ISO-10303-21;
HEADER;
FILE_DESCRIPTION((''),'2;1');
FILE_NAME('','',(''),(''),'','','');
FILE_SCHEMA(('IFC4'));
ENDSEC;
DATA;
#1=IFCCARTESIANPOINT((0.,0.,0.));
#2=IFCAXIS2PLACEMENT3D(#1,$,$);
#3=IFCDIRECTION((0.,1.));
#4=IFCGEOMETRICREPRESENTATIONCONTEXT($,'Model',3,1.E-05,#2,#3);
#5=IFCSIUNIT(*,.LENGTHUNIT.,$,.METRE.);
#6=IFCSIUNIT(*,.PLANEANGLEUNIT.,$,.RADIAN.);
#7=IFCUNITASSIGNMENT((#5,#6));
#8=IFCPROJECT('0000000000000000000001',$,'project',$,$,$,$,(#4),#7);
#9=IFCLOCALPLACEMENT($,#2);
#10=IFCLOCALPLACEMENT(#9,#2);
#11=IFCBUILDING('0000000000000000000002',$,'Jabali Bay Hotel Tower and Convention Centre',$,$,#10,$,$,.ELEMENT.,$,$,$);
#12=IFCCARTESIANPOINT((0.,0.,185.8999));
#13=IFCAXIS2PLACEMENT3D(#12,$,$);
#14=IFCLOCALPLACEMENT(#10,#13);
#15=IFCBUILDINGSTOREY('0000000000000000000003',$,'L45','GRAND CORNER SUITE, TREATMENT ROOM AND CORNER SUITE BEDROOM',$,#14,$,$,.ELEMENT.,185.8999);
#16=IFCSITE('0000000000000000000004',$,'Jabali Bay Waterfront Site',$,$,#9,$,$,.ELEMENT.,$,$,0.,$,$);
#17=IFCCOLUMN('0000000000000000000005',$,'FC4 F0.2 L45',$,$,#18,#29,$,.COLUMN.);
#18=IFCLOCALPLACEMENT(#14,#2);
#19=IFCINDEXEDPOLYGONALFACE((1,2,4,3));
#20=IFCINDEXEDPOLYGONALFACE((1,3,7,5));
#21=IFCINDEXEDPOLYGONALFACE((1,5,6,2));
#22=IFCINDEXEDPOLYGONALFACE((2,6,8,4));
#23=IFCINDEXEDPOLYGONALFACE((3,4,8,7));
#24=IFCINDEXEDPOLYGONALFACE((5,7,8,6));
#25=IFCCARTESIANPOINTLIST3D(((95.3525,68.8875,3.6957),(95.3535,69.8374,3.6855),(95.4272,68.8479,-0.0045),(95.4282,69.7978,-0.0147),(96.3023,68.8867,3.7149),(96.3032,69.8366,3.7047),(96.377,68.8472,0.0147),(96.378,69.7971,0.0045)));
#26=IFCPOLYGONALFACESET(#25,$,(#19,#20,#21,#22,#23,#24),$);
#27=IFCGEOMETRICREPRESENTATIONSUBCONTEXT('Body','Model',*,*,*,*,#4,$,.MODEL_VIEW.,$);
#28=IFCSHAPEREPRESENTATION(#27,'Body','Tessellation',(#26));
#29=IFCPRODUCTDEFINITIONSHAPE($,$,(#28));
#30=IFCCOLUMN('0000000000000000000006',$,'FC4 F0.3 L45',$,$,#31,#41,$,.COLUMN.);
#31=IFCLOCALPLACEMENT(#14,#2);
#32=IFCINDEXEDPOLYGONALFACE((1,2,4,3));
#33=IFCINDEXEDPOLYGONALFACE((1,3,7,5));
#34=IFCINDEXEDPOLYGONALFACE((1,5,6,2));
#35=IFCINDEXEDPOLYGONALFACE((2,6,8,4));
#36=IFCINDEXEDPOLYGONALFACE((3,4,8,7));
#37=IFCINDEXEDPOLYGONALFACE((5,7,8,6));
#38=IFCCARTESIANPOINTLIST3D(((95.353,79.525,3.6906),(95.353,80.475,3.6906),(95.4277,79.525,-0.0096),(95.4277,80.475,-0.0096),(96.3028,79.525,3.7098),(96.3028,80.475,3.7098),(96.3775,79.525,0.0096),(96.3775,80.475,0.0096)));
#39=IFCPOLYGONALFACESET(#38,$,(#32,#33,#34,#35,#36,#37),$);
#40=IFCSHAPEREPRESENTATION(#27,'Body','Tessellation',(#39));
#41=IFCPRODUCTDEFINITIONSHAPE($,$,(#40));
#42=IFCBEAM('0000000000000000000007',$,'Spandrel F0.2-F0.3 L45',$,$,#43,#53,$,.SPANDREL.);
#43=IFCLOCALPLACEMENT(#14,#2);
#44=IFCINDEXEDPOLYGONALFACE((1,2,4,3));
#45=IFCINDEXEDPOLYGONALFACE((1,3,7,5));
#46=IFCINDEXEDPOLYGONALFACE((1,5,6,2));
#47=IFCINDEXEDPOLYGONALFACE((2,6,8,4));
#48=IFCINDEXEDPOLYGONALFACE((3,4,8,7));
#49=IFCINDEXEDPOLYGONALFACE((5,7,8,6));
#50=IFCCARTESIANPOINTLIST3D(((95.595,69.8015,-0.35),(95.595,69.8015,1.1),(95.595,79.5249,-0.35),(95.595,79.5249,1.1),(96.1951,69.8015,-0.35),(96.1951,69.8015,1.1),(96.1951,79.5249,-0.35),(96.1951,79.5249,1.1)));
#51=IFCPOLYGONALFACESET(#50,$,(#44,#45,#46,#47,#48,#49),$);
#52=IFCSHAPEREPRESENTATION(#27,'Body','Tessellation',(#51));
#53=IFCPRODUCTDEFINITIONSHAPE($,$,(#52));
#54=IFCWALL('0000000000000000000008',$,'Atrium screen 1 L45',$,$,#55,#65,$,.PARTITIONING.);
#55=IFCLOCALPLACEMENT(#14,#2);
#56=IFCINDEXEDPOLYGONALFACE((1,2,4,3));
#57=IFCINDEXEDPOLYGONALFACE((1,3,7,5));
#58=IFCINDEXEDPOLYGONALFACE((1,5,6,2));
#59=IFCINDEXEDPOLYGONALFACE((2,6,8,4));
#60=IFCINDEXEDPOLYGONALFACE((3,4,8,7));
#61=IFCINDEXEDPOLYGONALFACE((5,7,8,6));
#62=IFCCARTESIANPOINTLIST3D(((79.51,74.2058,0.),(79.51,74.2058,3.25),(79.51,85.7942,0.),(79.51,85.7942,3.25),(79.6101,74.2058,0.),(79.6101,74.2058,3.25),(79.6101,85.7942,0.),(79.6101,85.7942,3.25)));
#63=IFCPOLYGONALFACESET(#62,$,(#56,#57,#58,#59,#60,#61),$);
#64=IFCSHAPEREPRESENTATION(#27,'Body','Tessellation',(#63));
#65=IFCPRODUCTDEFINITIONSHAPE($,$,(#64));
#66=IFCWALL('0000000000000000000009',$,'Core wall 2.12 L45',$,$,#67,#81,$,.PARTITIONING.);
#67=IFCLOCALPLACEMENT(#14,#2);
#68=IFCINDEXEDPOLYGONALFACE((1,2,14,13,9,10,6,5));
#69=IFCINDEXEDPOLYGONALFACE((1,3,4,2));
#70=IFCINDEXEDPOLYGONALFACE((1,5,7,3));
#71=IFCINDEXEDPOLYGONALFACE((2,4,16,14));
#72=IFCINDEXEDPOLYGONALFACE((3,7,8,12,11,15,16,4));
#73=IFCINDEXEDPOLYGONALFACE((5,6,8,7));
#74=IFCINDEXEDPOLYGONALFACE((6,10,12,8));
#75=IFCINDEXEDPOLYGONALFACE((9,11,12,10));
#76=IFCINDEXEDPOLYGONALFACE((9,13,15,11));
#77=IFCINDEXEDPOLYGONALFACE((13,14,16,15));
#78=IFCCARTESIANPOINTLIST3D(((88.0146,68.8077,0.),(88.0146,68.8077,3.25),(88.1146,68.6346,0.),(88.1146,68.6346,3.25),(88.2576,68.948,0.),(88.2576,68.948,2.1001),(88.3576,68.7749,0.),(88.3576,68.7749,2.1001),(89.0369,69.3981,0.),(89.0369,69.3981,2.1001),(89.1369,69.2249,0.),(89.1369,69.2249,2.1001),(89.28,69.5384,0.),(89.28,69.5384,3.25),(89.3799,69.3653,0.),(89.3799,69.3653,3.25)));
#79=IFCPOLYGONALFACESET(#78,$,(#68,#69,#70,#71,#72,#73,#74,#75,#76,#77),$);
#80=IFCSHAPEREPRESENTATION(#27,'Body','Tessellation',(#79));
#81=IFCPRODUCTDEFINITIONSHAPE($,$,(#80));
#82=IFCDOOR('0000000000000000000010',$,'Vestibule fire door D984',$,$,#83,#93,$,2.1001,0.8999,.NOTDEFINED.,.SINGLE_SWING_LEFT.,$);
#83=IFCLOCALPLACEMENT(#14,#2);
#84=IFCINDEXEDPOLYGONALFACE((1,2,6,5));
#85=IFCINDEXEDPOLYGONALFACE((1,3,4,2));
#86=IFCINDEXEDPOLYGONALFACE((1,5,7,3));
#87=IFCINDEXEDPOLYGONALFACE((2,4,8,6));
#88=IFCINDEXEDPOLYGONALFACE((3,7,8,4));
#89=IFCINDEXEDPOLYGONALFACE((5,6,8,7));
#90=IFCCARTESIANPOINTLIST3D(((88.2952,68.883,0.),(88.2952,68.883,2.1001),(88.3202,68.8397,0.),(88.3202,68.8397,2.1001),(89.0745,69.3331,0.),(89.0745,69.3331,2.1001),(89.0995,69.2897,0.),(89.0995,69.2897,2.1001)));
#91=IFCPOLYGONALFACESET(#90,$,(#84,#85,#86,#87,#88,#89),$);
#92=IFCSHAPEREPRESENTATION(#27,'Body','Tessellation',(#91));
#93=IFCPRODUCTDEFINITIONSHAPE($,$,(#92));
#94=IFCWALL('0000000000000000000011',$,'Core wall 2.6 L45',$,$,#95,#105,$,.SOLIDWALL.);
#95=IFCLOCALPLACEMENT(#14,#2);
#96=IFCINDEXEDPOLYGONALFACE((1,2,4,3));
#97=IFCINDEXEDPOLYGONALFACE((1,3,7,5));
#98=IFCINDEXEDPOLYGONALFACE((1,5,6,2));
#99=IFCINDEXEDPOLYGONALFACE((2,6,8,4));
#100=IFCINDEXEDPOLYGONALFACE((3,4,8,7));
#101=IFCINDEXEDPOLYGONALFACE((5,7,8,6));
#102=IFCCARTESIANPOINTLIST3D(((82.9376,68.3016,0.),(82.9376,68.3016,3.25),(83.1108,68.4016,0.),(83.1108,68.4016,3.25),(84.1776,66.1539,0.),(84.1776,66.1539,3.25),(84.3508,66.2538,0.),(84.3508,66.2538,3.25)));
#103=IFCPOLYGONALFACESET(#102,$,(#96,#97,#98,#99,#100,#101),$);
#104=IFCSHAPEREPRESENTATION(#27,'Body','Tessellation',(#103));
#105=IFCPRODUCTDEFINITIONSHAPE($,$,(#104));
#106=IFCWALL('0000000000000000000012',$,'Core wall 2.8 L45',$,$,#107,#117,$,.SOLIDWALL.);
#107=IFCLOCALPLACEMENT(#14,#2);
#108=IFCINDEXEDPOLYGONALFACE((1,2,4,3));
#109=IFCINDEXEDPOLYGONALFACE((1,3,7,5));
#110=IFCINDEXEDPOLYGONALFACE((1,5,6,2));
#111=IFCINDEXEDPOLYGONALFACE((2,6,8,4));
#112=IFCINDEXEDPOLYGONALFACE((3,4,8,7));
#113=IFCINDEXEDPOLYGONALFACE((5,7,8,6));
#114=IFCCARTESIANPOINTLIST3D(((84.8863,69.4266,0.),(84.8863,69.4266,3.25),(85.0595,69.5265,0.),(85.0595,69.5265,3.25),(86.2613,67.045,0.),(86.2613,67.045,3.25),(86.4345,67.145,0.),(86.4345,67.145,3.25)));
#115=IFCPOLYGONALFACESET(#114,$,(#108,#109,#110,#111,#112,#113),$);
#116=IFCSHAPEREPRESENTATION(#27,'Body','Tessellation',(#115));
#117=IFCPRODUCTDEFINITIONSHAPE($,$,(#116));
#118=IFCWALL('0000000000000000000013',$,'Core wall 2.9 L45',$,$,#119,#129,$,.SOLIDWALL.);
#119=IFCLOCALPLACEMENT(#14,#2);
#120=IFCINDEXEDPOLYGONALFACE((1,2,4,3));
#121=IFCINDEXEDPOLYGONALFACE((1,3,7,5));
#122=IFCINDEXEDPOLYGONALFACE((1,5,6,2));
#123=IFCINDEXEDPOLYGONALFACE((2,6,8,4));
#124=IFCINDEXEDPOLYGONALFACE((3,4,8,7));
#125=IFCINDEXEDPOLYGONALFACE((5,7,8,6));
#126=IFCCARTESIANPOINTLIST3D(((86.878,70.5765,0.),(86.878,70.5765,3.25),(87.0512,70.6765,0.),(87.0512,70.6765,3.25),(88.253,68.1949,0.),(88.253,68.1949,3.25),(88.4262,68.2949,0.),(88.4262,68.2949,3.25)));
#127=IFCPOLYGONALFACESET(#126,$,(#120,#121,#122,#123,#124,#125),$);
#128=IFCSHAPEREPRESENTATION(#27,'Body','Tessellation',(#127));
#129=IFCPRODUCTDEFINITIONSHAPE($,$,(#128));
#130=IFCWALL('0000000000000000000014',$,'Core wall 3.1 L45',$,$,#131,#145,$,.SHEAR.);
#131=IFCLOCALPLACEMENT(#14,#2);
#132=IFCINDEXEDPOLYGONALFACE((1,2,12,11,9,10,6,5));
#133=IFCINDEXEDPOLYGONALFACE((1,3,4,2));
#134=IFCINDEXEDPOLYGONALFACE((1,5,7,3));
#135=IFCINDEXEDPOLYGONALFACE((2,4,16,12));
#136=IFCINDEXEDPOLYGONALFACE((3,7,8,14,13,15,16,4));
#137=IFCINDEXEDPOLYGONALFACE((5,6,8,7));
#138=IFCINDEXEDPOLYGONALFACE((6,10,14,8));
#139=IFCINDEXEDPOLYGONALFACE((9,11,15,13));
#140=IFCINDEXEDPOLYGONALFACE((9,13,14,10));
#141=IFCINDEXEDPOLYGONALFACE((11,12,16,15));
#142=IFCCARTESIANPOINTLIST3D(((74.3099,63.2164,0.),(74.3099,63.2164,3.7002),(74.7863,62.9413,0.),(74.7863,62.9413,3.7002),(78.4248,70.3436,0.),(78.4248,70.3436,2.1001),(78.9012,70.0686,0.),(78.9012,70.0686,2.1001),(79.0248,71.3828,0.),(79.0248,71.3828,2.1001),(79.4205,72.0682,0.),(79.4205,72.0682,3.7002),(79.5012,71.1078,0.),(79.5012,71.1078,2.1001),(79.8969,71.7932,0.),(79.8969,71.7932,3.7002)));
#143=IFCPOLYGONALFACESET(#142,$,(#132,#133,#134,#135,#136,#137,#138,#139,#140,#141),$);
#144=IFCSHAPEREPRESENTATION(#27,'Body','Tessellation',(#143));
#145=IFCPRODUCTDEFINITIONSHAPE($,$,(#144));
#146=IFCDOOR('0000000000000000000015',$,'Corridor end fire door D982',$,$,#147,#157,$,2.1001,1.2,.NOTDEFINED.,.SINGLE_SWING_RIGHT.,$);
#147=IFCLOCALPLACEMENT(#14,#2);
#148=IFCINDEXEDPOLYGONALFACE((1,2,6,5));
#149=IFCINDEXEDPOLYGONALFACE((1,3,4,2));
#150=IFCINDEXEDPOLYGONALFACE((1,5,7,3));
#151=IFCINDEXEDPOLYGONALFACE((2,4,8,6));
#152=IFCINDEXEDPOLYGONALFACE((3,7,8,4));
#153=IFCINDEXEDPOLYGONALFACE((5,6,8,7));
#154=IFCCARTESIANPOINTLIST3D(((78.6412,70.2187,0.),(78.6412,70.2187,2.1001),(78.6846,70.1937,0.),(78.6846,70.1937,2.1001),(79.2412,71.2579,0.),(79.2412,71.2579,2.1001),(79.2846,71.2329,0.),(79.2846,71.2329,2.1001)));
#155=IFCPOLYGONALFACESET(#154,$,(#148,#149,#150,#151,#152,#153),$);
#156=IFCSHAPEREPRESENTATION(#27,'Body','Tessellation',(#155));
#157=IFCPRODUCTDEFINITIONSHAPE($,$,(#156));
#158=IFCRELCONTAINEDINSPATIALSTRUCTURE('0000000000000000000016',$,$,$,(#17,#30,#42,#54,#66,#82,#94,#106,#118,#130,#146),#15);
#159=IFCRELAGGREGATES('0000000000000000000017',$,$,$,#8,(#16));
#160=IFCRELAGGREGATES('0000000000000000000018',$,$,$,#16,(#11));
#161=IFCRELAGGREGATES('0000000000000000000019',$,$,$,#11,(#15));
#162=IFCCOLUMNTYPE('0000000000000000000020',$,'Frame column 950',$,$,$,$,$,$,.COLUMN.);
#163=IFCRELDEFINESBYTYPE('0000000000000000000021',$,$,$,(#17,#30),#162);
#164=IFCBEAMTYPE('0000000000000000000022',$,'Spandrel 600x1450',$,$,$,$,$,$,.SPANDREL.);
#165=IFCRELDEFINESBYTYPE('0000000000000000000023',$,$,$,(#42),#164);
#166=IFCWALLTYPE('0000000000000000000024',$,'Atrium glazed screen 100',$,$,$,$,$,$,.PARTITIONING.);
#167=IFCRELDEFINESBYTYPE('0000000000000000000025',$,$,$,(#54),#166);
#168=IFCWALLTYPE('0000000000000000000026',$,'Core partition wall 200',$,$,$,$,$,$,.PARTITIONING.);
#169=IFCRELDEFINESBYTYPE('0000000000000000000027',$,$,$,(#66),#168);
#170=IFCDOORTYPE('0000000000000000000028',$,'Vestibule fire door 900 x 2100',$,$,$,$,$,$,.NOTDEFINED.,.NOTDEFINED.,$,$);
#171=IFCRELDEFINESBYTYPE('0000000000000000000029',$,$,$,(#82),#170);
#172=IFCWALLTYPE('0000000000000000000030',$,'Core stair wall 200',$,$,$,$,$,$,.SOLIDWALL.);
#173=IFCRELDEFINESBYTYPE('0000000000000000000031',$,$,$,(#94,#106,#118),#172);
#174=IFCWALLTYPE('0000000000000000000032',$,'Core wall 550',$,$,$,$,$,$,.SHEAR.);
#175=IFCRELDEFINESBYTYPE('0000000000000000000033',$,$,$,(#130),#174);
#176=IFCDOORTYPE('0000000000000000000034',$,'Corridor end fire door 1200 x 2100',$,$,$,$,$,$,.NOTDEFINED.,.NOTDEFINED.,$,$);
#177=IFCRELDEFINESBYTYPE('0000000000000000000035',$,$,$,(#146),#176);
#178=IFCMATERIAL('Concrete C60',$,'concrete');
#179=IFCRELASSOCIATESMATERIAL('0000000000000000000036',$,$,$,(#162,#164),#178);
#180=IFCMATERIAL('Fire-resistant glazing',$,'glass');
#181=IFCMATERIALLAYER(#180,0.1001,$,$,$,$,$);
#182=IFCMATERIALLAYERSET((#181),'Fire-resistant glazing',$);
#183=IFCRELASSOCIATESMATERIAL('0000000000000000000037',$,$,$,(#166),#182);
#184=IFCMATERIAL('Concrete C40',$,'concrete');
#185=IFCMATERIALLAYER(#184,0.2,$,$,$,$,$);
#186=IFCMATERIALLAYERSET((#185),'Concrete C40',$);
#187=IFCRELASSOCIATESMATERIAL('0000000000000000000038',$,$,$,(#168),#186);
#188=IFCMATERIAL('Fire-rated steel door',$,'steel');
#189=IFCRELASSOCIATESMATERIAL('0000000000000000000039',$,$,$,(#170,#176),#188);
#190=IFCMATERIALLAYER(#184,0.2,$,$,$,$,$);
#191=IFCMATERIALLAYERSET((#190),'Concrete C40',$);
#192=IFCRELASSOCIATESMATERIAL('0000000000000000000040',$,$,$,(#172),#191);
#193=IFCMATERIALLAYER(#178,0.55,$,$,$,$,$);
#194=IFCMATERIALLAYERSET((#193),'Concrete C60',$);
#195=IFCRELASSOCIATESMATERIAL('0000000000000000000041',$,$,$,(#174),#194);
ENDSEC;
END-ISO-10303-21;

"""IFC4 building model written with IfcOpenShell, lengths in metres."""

from ifc_helpers import new_model, si_unit, direction, frame, frame_2d, origin, origin_2d, place, context, subcontext, project, spatial, rectangle, extrude, material, layer, layer_set, material_profile, profile_set, type_object, element, fill, save


model = new_model("IFC4")

# Units and contexts
model_context = context("Model", 3, precision=1e-05, world=origin(), true_north=direction((0.0, 1.0)))
body_context = subcontext(model_context, "Body", "Model", "MODEL_VIEW")
ifc_project = project(units=[si_unit("LENGTHUNIT", "METRE"), si_unit("PLANEANGLEUNIT", "RADIAN")], contexts=[model_context])

# Site, building, storey
site_placement = place(None, origin())
site = spatial("IfcSite", under=ifc_project, at=site_placement, Name="Jabali Bay Waterfront Site", CompositionType="ELEMENT", RefElevation=0.0)
building_placement = place(site_placement, origin())
building = spatial("IfcBuilding", under=site, at=building_placement, Name="Jabali Bay Hotel Tower and Convention Centre", CompositionType="ELEMENT")
storey_placement = place(building_placement, frame((0.0, 0.0, 185.8999)))
storey = spatial("IfcBuildingStorey", under=building, at=storey_placement, Name="L45", Description="GRAND CORNER SUITE, TREATMENT ROOM AND CORNER SUITE BEDROOM", CompositionType="ELEMENT", Elevation=185.8999)

# Columns
ifc_material_1 = material(Name="Concrete C60", Category="concrete")
ifc_material_profile_1 = material_profile(ifc_material_1, rectangle(XDim=0.95, YDim=0.95, at=origin_2d()), Name="Frame column 950")
ifc_profile_set_1 = profile_set([ifc_material_profile_1], Name="Concrete C60")
column_type = type_object("IfcColumnType", Name="Frame column 950", PredefinedType="COLUMN", material=ifc_profile_set_1)
column_1_placement = place(storey_placement, frame((95.9026, 69.3225, 0.0), z_axis=(-0.020185, 0.010686, 0.999739), x_axis=(-0.001023, -0.999943, 0.010668)))
element("IfcColumn", 1, at=column_1_placement, inside=storey, type_object=column_type, Name="FC4 F0.2 L45", PredefinedType="COLUMN", context=body_context, shape_type="SweptSolid", body=[
    extrude(rectangle(XDim=0.95, YDim=0.95, at=origin_2d()), origin(), (0.0, 0.0, 1.0), 3.7012),
])
column_2_placement = place(storey_placement, frame((95.9026, 80.0, 0.0), z_axis=(-0.020186, 0.0, 0.999796), x_axis=(0.0, -1.0, 0.0)))
element("IfcColumn", 2, at=column_2_placement, inside=storey, type_object=column_type, Name="FC4 F0.3 L45", PredefinedType="COLUMN", context=body_context, shape_type="SweptSolid", body=[
    extrude(rectangle(XDim=0.95, YDim=0.95, at=origin_2d()), origin(), (0.0, 0.0, 1.0), 3.7009),
])

# Beam
ifc_material_profile_2 = material_profile(ifc_material_1, rectangle(XDim=0.6001, YDim=1.45, at=origin_2d()), Name="Spandrel 600x1450")
ifc_profile_set_2 = profile_set([ifc_material_profile_2], Name="Concrete C60")
beam_type = type_object("IfcBeamType", Name="Spandrel 600x1450", PredefinedType="SPANDREL", material=ifc_profile_set_2)
beam_placement = place(storey_placement, frame((95.895, 69.8015, 0.375), z_axis=(0.0, 1.0, 0.0), x_axis=(-1.0, 0.0, 0.0)))
element("IfcBeam", 3, at=beam_placement, inside=storey, type_object=beam_type, Name="Spandrel F0.2-F0.3 L45", PredefinedType="SPANDREL", context=body_context, shape_type="SweptSolid", body=[
    extrude(rectangle(XDim=0.6001, YDim=1.45, at=origin_2d()), origin(), (0.0, 0.0, 1.0), 9.7234),
])

# Wall
ifc_material_2 = material(Name="Fire-resistant glazing", Category="glass")
ifc_layer_1 = layer(ifc_material_2, 0.1001)
ifc_layer_set_1 = layer_set([ifc_layer_1], Name="Fire-resistant glazing")
wall_type_1 = type_object("IfcWallType", Name="Atrium glazed screen 100", PredefinedType="PARTITIONING", material=ifc_layer_set_1)
wall_1_placement = place(storey_placement, frame((79.5601, 74.2058, 0.0), z_axis=(0.0, 0.0, 1.0), x_axis=(0.0, 1.0, 0.0)))
element("IfcWall", 4, at=wall_1_placement, inside=storey, type_object=wall_type_1, Name="Atrium screen 1 L45", PredefinedType="PARTITIONING", context=body_context, shape_type="SweptSolid", body=[
    extrude(rectangle(XDim=11.5884, YDim=0.1001, at=frame_2d((5.7942, 0.0))), origin(), (0.0, 0.0, 1.0), 3.25),
])

# Wall, opening, door
ifc_material_3 = material(Name="Concrete C40", Category="concrete")
ifc_layer_2 = layer(ifc_material_3, 0.2)
ifc_layer_set_2 = layer_set([ifc_layer_2], Name="Concrete C40")
wall_type_2 = type_object("IfcWallType", Name="Core partition wall 200", PredefinedType="PARTITIONING", material=ifc_layer_set_2)
wall_2_placement = place(storey_placement, frame((88.0647, 68.7212, 0.0), z_axis=(0.0, 0.0, 1.0), x_axis=(0.865982, 0.500074, 0.0)))
wall_2 = element("IfcWall", 5, at=wall_2_placement, inside=storey, type_object=wall_type_2, Name="Core wall 2.12 L45", PredefinedType="PARTITIONING", context=body_context, shape_type="SweptSolid", body=[
    extrude(rectangle(XDim=1.4612, YDim=0.2, at=frame_2d((0.7305, 0.0))), origin(), (0.0, 0.0, 1.0), 3.25),
])
opening_1_placement = place(wall_2_placement, frame((0.2805, 0.0, 0.0)))
opening_1 = element("IfcOpeningElement", 6, at=opening_1_placement, cuts=wall_2, PredefinedType="OPENING", context=body_context, shape_type="SweptSolid", body=[
    extrude(rectangle(XDim=0.8999, YDim=2.1001, at=frame_2d((0.45, 1.05))), frame((0.0, 0.1104, 0.0), z_axis=(0.0, -1.0, 0.0), x_axis=(1.0, 0.0, 0.0)), (0.0, 0.0, 1.0), 0.2209),
])
ifc_material_4 = material(Name="Fire-rated steel door", Category="steel")
door_type_1 = type_object("IfcDoorType", Name="Vestibule fire door 900 x 2100", OperationType="NOTDEFINED", PredefinedType="NOTDEFINED", material=ifc_material_4)
door_1_placement = place(opening_1_placement, origin())
door_1 = element("IfcDoor", 7, at=door_1_placement, inside=storey, type_object=door_type_1, Name="Vestibule fire door D984", OperationType="SINGLE_SWING_LEFT", OverallHeight=2.1001, OverallWidth=0.8999, PredefinedType="NOTDEFINED", context=body_context, shape_type="SweptSolid", body=[
    extrude(rectangle(XDim=0.8999, YDim=2.1001, at=frame_2d((0.45, 1.05))), frame((0.0, 0.0249, 0.0), z_axis=(0.0, -1.0, 0.0), x_axis=(1.0, 0.0, 0.0)), (0.0, 0.0, 1.0), 0.05),
])
fill(opening_1, door_1)

# Walls
ifc_layer_3 = layer(ifc_material_3, 0.2)
ifc_layer_set_3 = layer_set([ifc_layer_3], Name="Concrete C40")
wall_type_3 = type_object("IfcWallType", Name="Core stair wall 200", PredefinedType="SOLIDWALL", material=ifc_layer_set_3)
wall_3_placement = place(storey_placement, frame((83.0242, 68.3516, 0.0), z_axis=(0.0, 0.0, 1.0), x_axis=(0.500004, -0.866023, 0.0)))
element("IfcWall", 8, at=wall_3_placement, inside=storey, type_object=wall_type_3, Name="Core wall 2.6 L45", PredefinedType="SOLIDWALL", context=body_context, shape_type="SweptSolid", body=[
    extrude(rectangle(XDim=2.48, YDim=0.2, at=frame_2d((1.24, 0.0))), origin(), (0.0, 0.0, 1.0), 3.25),
])
for number, where, z_axis, x_axis, name in (
    (9, (84.9729, 69.4766, 0.0), (0.0, 0.0, 1.0), (0.499997, -0.866027, 0.0), "Core wall 2.8 L45"),
    (10, (86.9646, 70.6265, 0.0), (0.0, 0.0, 1.0), (0.499997, -0.866027, 0.0), "Core wall 2.9 L45"),
):
    element("IfcWall", number, at=place(storey_placement, frame(where, z_axis=z_axis, x_axis=x_axis)), inside=storey, type_object=wall_type_3, Name=name, PredefinedType="SOLIDWALL", context=body_context, shape_type="SweptSolid", body=[
        extrude(rectangle(XDim=2.75, YDim=0.2, at=frame_2d((1.375, 0.0))), origin(), (0.0, 0.0, 1.0), 3.25),
    ])

# Wall, opening, door
ifc_layer_4 = layer(ifc_material_1, 0.55)
ifc_layer_set_4 = layer_set([ifc_layer_4], Name="Concrete C60")
wall_type_4 = type_object("IfcWallType", Name="Core wall 550", PredefinedType="SHEAR", material=ifc_layer_set_4)
wall_4_placement = place(storey_placement, frame((79.6587, 71.9307, 0.0), z_axis=(0.0, 0.0, 1.0), x_axis=(-0.5, -0.866025, 0.0)))
wall_4 = element("IfcWall", 11, at=wall_4_placement, inside=storey, type_object=wall_type_4, Name="Core wall 3.1 L45", PredefinedType="SHEAR", context=body_context, shape_type="SweptSolid", body=[
    extrude(rectangle(XDim=10.2212, YDim=0.55, at=frame_2d((5.1106, 0.0))), origin(), (0.0, 0.0, 1.0), 3.7002),
])
opening_2_placement = place(wall_4_placement, frame((0.7913, 0.0, 0.0)))
opening_2 = element("IfcOpeningElement", 12, at=opening_2_placement, cuts=wall_4, PredefinedType="OPENING", context=body_context, shape_type="SweptSolid", body=[
    extrude(rectangle(XDim=1.2, YDim=2.1001, at=frame_2d((0.6001, 1.05))), frame((0.0, 0.2856, 0.0), z_axis=(0.0, -1.0, 0.0), x_axis=(1.0, 0.0, 0.0)), (0.0, 0.0, 1.0), 0.571),
])
door_type_2 = type_object("IfcDoorType", Name="Corridor end fire door 1200 x 2100", OperationType="NOTDEFINED", PredefinedType="NOTDEFINED", material=ifc_material_4)
door_2_placement = place(opening_2_placement, origin())
door_2 = element("IfcDoor", 13, at=door_2_placement, inside=storey, type_object=door_type_2, Name="Corridor end fire door D982", OperationType="SINGLE_SWING_RIGHT", OverallHeight=2.1001, OverallWidth=1.2, PredefinedType="NOTDEFINED", context=body_context, shape_type="SweptSolid", body=[
    extrude(rectangle(XDim=1.2, YDim=2.1001, at=frame_2d((0.6001, 1.05))), frame((0.0, 0.0249, 0.0), z_axis=(0.0, -1.0, 0.0), x_axis=(1.0, 0.0, 0.0)), (0.0, 0.0, 1.0), 0.05),
])
fill(opening_2, door_2)

save(model, "model.ifc")
